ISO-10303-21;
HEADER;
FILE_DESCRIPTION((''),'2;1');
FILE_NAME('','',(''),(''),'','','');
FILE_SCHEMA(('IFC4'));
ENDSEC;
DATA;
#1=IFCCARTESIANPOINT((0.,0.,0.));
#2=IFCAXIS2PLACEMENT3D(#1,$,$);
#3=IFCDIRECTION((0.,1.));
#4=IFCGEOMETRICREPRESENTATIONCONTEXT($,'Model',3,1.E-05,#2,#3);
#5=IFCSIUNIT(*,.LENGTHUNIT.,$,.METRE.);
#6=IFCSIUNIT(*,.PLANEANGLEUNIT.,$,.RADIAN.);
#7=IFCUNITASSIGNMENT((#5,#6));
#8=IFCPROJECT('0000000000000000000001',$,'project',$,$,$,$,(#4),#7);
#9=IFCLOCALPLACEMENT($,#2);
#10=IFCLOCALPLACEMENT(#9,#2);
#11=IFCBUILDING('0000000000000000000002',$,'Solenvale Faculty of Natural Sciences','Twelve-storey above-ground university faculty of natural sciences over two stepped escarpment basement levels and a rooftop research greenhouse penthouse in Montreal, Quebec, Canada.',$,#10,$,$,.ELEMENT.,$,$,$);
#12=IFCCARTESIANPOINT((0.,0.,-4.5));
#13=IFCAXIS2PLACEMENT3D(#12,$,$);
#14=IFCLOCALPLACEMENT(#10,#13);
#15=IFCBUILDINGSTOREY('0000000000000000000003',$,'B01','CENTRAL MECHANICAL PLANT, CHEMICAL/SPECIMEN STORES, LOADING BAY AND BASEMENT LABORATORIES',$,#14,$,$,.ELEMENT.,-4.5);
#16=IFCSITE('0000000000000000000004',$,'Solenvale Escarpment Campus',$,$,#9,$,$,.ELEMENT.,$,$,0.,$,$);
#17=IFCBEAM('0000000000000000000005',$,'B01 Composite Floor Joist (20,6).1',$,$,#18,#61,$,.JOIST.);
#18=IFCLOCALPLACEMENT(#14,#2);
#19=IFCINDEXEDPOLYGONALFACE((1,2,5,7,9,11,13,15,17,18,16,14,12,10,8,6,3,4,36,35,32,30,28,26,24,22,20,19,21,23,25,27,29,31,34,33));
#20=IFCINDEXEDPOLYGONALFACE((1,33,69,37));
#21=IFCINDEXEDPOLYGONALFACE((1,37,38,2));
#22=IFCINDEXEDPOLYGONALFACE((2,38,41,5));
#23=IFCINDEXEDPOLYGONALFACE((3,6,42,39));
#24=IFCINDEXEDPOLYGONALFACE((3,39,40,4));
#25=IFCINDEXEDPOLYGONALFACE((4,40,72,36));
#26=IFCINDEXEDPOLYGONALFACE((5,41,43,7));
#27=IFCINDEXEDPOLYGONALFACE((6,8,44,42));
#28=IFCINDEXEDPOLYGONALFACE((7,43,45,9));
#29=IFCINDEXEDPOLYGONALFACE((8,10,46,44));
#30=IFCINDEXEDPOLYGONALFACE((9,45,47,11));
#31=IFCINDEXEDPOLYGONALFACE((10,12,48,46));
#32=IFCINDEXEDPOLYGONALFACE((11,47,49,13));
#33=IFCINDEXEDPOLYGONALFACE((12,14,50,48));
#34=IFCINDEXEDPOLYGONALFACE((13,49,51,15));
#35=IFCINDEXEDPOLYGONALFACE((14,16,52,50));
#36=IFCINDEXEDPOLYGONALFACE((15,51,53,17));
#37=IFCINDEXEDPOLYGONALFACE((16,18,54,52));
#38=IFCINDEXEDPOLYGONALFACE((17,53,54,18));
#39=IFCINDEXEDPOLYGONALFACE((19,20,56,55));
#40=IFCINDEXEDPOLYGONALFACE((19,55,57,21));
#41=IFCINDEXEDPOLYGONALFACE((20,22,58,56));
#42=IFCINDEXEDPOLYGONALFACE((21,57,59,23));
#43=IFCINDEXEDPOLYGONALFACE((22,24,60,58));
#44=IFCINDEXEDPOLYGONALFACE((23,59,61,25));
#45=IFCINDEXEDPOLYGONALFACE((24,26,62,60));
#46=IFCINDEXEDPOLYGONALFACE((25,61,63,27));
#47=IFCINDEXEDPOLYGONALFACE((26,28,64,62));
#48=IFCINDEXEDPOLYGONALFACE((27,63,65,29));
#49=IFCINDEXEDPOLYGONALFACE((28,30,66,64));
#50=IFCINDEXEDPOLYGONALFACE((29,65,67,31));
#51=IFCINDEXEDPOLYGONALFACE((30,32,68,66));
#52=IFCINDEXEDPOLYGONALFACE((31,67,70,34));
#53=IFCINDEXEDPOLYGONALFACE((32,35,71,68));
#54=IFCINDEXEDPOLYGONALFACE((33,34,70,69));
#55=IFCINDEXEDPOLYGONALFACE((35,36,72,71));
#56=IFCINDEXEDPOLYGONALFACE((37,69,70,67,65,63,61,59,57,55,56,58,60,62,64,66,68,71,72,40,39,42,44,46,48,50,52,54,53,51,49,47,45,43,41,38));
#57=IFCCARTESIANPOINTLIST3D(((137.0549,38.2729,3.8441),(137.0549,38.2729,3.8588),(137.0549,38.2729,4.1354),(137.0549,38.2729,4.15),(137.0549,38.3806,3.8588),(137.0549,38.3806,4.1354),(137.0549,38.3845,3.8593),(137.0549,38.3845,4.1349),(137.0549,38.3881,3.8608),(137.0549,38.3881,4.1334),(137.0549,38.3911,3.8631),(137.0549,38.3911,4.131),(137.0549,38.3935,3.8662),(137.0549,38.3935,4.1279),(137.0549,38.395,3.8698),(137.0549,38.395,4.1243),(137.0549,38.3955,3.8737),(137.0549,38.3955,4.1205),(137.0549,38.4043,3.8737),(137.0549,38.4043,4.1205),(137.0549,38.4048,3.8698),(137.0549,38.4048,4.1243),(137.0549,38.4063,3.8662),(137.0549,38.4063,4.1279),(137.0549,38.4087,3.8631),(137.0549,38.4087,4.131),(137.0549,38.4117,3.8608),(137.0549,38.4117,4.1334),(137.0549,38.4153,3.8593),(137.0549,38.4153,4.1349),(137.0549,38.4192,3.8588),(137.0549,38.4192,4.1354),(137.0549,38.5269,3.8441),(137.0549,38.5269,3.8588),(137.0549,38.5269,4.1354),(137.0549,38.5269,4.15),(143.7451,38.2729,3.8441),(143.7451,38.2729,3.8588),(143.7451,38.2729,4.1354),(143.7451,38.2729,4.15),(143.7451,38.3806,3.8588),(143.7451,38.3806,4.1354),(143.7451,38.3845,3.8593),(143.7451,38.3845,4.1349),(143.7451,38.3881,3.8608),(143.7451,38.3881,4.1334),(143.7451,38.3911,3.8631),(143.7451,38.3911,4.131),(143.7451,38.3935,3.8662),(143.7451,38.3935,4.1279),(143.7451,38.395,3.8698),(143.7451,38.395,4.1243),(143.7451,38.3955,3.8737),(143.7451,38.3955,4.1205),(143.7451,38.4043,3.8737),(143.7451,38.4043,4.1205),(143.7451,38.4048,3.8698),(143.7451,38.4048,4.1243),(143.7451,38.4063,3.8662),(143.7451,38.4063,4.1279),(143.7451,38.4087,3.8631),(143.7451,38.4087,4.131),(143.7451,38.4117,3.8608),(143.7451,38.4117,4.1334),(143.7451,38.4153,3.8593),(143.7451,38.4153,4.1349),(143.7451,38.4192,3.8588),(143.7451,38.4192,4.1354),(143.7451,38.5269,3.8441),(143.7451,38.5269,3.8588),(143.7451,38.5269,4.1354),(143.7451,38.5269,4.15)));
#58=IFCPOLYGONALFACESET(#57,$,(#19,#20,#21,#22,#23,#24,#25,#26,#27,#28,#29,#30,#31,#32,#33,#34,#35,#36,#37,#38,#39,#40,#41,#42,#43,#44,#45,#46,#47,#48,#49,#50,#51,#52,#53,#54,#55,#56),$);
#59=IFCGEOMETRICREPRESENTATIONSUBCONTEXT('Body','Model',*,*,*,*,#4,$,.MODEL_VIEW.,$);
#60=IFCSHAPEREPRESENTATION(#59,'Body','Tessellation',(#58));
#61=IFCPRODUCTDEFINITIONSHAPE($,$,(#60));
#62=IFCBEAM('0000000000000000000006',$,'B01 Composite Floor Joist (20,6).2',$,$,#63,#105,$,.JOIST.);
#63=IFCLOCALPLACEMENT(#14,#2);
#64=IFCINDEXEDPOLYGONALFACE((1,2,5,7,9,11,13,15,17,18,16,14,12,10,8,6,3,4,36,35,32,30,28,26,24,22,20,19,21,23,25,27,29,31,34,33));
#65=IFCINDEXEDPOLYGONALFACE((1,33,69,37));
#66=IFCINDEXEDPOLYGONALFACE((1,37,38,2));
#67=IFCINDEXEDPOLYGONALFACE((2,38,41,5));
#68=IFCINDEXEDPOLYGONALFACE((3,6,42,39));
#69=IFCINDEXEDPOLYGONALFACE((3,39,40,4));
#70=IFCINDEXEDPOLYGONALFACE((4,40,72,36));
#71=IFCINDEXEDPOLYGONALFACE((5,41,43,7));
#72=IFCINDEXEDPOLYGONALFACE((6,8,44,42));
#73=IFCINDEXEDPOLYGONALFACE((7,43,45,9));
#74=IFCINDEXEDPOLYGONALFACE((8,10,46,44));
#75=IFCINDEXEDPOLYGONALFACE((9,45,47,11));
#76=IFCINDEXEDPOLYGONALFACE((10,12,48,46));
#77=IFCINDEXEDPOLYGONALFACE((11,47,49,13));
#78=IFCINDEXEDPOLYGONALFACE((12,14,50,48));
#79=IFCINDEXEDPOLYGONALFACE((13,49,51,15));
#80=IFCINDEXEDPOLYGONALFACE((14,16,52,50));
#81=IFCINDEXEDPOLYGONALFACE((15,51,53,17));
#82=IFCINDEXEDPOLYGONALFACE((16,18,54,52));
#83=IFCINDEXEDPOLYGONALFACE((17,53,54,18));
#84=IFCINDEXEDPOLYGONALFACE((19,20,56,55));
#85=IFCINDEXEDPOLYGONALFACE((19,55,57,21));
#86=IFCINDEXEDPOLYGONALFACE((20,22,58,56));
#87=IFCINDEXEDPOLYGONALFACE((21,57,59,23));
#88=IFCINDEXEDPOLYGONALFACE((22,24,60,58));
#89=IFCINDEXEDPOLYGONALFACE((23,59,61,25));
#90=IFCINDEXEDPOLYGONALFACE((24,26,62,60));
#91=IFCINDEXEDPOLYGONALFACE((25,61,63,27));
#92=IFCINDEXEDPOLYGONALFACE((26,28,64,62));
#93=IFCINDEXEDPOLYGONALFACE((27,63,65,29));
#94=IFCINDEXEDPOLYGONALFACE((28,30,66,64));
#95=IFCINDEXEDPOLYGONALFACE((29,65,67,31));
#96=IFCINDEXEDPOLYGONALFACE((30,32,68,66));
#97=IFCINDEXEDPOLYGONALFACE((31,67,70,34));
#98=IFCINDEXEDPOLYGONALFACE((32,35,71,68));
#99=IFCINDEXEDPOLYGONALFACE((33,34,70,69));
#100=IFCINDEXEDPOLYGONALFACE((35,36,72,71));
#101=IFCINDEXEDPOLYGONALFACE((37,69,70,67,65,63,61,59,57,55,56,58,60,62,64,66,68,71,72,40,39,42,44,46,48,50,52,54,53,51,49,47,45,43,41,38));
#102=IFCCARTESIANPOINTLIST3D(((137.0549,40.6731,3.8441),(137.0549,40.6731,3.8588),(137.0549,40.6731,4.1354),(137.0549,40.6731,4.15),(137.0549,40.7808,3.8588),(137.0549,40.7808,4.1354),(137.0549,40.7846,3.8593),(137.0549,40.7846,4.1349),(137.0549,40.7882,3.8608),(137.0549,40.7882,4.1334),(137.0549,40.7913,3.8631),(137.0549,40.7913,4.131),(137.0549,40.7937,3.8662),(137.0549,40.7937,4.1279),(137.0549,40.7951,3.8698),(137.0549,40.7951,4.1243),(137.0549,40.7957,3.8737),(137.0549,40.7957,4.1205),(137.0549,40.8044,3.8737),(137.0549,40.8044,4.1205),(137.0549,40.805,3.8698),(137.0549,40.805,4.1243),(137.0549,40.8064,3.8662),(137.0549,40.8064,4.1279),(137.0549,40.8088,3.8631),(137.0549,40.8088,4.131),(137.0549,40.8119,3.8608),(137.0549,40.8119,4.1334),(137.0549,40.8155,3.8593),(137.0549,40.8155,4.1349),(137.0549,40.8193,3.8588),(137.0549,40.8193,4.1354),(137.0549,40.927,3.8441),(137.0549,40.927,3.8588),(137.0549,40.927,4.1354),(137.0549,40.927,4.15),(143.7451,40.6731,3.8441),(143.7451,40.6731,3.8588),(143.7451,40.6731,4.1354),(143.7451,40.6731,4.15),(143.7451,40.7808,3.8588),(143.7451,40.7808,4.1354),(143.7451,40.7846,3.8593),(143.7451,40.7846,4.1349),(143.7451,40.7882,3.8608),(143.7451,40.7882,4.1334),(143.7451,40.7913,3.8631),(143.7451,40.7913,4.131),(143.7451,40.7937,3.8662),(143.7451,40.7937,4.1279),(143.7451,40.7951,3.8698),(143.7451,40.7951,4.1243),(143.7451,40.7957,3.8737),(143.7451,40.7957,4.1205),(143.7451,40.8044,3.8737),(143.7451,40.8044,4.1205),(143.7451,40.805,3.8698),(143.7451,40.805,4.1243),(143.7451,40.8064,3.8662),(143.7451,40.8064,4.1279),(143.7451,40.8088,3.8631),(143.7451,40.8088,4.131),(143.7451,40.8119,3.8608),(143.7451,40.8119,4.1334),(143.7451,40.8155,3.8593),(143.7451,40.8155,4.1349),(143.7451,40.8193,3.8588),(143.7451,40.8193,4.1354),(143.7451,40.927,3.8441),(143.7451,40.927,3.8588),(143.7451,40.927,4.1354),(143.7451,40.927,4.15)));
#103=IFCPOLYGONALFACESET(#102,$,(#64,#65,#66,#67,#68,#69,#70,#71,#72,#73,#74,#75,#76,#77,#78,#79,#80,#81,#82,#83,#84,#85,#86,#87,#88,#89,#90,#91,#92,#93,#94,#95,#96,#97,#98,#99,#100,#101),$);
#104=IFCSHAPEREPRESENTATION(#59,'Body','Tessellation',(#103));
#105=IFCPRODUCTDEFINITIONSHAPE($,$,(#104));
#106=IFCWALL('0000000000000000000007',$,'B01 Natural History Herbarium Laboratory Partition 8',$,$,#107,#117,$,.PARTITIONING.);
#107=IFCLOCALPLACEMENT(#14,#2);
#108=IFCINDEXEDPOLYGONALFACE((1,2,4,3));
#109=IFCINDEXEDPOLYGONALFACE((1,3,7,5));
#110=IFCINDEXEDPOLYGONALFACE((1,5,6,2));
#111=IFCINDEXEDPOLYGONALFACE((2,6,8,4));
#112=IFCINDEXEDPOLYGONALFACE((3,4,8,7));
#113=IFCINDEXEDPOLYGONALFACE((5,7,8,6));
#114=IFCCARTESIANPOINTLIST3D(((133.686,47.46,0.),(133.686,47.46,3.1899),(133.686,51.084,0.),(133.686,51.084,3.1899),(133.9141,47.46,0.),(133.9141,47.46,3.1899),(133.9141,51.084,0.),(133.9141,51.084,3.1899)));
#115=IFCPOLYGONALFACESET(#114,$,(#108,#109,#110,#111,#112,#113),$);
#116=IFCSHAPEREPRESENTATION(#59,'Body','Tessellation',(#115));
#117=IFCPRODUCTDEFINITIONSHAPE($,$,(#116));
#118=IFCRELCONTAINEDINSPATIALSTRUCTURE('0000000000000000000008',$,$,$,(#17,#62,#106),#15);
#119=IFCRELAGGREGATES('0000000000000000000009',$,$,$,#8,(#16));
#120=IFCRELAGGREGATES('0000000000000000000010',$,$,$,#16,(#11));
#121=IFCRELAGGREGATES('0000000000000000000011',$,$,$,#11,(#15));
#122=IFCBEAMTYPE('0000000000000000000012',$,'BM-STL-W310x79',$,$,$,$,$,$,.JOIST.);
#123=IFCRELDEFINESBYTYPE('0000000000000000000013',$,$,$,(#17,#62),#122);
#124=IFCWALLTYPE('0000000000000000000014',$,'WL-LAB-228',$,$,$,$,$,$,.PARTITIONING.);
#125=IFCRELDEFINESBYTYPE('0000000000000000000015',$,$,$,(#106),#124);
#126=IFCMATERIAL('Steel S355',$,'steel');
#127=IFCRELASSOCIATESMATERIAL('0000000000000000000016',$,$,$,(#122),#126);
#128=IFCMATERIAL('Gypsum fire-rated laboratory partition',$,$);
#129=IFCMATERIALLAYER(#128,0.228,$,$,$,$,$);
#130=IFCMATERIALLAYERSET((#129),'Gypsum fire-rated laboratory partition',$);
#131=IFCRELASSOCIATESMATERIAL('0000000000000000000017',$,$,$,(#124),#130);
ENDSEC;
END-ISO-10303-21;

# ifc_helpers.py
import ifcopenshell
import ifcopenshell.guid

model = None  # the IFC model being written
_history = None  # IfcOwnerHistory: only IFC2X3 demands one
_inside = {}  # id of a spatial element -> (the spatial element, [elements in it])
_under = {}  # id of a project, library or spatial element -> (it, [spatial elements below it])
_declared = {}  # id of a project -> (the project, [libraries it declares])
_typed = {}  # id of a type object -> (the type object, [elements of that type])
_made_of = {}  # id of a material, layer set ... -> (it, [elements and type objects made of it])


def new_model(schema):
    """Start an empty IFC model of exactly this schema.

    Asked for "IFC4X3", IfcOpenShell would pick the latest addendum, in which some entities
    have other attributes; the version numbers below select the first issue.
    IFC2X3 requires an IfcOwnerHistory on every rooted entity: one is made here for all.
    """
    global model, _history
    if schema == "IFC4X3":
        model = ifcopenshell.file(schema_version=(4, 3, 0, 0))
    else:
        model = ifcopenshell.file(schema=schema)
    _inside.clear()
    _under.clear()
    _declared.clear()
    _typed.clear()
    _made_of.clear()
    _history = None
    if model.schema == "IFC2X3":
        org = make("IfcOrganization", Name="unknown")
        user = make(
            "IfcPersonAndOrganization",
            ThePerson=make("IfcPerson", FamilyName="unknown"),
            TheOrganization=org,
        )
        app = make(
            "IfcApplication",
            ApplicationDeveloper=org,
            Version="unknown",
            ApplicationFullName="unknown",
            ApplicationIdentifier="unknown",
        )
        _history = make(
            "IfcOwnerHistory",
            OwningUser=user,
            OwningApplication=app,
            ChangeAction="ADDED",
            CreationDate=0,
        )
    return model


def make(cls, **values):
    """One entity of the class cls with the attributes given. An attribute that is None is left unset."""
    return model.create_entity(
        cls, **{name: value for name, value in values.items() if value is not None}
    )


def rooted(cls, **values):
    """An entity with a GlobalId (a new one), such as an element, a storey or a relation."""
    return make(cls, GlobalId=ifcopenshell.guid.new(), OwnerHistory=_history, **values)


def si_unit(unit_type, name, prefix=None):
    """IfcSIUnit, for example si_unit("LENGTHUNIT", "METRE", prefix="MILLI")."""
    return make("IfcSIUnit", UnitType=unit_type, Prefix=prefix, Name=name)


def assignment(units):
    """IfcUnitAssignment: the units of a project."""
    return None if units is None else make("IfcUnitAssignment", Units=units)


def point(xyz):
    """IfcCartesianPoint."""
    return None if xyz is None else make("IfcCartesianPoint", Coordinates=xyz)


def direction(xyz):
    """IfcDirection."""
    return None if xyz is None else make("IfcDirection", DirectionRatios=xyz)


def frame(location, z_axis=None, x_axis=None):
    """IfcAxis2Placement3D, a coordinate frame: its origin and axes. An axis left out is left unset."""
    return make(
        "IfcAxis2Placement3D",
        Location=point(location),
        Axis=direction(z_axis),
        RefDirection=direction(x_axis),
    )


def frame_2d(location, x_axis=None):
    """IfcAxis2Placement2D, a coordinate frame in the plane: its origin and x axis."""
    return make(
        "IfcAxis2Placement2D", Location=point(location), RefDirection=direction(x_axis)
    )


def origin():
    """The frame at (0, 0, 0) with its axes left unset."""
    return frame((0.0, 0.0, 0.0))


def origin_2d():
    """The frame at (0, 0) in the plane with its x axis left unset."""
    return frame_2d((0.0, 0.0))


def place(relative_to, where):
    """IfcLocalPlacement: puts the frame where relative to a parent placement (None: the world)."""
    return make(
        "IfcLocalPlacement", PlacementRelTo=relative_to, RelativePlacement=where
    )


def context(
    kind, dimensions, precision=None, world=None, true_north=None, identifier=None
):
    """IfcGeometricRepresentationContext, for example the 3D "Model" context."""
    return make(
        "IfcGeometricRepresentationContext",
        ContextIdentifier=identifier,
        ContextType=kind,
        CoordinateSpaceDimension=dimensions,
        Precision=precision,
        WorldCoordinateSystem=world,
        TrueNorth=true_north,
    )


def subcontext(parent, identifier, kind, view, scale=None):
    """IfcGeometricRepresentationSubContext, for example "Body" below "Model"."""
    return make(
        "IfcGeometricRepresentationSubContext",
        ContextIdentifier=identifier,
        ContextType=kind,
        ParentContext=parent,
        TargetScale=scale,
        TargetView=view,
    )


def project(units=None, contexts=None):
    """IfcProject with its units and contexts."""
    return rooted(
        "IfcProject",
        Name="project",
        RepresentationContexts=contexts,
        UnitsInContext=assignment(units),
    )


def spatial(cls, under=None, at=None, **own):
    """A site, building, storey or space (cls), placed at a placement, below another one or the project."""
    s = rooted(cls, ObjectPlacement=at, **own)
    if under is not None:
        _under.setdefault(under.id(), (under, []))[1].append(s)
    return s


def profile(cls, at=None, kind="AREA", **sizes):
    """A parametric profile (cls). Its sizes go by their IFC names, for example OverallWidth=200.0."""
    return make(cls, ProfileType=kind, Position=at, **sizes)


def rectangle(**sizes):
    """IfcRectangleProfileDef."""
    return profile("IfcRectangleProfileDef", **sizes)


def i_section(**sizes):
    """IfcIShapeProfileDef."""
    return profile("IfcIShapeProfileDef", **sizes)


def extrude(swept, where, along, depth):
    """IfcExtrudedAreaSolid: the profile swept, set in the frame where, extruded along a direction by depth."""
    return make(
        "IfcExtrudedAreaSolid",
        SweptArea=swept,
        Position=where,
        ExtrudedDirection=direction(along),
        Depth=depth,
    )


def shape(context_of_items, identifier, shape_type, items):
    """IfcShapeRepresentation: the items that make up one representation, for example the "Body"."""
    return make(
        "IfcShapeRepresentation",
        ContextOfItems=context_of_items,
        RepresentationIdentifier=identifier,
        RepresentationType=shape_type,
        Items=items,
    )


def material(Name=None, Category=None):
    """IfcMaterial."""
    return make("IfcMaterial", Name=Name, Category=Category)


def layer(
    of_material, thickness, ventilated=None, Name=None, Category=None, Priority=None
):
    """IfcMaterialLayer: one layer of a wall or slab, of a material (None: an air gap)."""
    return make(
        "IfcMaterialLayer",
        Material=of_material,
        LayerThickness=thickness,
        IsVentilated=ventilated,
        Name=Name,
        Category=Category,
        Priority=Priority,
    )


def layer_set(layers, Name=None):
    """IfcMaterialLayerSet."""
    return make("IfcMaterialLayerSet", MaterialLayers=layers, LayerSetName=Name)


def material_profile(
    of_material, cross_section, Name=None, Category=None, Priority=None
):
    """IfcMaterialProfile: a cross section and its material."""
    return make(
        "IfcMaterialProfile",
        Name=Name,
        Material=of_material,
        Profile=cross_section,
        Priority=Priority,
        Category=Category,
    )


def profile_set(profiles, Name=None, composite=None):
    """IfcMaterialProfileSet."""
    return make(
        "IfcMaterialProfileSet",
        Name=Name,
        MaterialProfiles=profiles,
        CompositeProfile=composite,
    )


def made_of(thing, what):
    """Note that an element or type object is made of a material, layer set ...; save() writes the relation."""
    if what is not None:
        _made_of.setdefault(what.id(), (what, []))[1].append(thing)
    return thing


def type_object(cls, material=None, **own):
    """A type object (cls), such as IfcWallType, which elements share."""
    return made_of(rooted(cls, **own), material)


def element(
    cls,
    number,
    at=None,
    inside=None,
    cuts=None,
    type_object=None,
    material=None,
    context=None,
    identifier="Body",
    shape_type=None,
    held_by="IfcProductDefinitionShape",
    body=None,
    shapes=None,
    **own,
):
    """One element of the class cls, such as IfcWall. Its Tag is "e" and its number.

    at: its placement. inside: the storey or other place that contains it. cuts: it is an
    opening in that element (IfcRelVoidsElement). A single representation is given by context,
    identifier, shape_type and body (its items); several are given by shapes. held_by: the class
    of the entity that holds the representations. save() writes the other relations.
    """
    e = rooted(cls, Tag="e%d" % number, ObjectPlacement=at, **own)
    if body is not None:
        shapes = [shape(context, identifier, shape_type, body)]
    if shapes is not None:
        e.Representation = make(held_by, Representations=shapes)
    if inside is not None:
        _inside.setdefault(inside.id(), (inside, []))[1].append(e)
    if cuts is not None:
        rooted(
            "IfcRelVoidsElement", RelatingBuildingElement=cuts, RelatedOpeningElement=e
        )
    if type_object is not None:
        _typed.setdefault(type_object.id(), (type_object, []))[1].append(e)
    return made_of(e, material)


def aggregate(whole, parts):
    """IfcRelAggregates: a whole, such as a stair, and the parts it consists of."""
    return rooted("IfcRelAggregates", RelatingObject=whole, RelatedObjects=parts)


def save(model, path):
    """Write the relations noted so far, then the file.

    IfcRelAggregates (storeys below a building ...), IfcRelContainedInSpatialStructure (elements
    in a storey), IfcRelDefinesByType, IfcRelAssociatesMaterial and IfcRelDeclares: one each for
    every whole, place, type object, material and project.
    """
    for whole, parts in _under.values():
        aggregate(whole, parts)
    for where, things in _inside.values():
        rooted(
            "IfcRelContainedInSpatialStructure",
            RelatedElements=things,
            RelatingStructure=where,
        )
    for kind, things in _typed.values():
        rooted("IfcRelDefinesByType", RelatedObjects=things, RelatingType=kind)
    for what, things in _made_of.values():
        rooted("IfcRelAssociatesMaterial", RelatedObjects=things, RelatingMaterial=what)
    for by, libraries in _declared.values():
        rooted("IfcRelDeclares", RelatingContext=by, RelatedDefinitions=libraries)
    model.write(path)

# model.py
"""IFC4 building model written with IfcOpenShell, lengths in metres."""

from ifc_helpers import new_model, si_unit, direction, frame, frame_2d, origin, origin_2d, place, context, subcontext, project, spatial, rectangle, i_section, extrude, material, layer, layer_set, material_profile, profile_set, type_object, element, save


model = new_model("IFC4")

# Units and contexts
model_context = context("Model", 3, precision=1e-05, world=origin(), true_north=direction((0.0, 1.0)))
body_context = subcontext(model_context, "Body", "Model", "MODEL_VIEW")
ifc_project = project(units=[si_unit("LENGTHUNIT", "METRE"), si_unit("PLANEANGLEUNIT", "RADIAN")], contexts=[model_context])

# Site, building, storey
site_placement = place(None, origin())
site = spatial("IfcSite", under=ifc_project, at=site_placement, Name="Solenvale Escarpment Campus", CompositionType="ELEMENT", RefElevation=0.0)
building_placement = place(site_placement, origin())
building = spatial("IfcBuilding", under=site, at=building_placement, Name="Solenvale Faculty of Natural Sciences", Description="Twelve-storey above-ground university faculty of natural sciences over two stepped escarpment basement levels and a rooftop research greenhouse penthouse in Montreal, Quebec, Canada.", CompositionType="ELEMENT")
storey_placement = place(building_placement, frame((0.0, 0.0, -4.5)))
storey = spatial("IfcBuildingStorey", under=building, at=storey_placement, Name="B01", Description="CENTRAL MECHANICAL PLANT, CHEMICAL/SPECIMEN STORES, LOADING BAY AND BASEMENT LABORATORIES", CompositionType="ELEMENT", Elevation=-4.5)

# Beams
ifc_material_1 = material(Name="Steel S355", Category="steel")
ifc_material_profile_1 = material_profile(ifc_material_1, i_section(OverallWidth=0.2539, OverallDepth=0.3059, WebThickness=0.0088, FlangeThickness=0.0146, FilletRadius=0.0149, at=origin_2d()), Name="W310x79")
ifc_profile_set_1 = profile_set([ifc_material_profile_1], Name="Steel S355")
beam_type_1 = type_object("IfcBeamType", Name="BM-STL-W310x79", PredefinedType="JOIST", material=ifc_profile_set_1)
for number, where, z_axis, x_axis, name in (
    (1, (137.0549, 38.3999, 3.9971), (1.0, 0.0, 0.0), (0.0, 1.0, 0.0), "B01 Composite Floor Joist (20,6).1"),
    (2, (137.0549, 40.8, 3.9971), (1.0, 0.0, 0.0), (0.0, 1.0, 0.0), "B01 Composite Floor Joist (20,6).2"),
):
    element("IfcBeam", number, at=place(storey_placement, frame(where, z_axis=z_axis, x_axis=x_axis)), inside=storey, type_object=beam_type_1, Name=name, PredefinedType="JOIST", context=body_context, shape_type="SweptSolid", body=[
        extrude(i_section(OverallWidth=0.2539, OverallDepth=0.3059, WebThickness=0.0088, FlangeThickness=0.0146, FilletRadius=0.0149, at=origin_2d()), origin(), (0.0, 0.0, 1.0), 6.6902),
    ])

# Wall
ifc_material_2 = material(Name="Gypsum fire-rated laboratory partition")
ifc_layer = layer(ifc_material_2, 0.228)
ifc_layer_set = layer_set([ifc_layer], Name="Gypsum fire-rated laboratory partition")
wall_type = type_object("IfcWallType", Name="WL-LAB-228", PredefinedType="PARTITIONING", material=ifc_layer_set)
wall_placement = place(storey_placement, frame((133.8, 47.46, 0.0), z_axis=(0.0, 0.0, 1.0), x_axis=(0.0, 1.0, 0.0)))
element("IfcWall", 3, at=wall_placement, inside=storey, type_object=wall_type, Name="B01 Natural History Herbarium Laboratory Partition 8", PredefinedType="PARTITIONING", context=body_context, shape_type="SweptSolid", body=[
    extrude(rectangle(XDim=3.624, YDim=0.228, at=frame_2d((1.812, 0.0))), origin(), (0.0, 0.0, 1.0), 3.1899),
])

save(model, "model.ifc")
